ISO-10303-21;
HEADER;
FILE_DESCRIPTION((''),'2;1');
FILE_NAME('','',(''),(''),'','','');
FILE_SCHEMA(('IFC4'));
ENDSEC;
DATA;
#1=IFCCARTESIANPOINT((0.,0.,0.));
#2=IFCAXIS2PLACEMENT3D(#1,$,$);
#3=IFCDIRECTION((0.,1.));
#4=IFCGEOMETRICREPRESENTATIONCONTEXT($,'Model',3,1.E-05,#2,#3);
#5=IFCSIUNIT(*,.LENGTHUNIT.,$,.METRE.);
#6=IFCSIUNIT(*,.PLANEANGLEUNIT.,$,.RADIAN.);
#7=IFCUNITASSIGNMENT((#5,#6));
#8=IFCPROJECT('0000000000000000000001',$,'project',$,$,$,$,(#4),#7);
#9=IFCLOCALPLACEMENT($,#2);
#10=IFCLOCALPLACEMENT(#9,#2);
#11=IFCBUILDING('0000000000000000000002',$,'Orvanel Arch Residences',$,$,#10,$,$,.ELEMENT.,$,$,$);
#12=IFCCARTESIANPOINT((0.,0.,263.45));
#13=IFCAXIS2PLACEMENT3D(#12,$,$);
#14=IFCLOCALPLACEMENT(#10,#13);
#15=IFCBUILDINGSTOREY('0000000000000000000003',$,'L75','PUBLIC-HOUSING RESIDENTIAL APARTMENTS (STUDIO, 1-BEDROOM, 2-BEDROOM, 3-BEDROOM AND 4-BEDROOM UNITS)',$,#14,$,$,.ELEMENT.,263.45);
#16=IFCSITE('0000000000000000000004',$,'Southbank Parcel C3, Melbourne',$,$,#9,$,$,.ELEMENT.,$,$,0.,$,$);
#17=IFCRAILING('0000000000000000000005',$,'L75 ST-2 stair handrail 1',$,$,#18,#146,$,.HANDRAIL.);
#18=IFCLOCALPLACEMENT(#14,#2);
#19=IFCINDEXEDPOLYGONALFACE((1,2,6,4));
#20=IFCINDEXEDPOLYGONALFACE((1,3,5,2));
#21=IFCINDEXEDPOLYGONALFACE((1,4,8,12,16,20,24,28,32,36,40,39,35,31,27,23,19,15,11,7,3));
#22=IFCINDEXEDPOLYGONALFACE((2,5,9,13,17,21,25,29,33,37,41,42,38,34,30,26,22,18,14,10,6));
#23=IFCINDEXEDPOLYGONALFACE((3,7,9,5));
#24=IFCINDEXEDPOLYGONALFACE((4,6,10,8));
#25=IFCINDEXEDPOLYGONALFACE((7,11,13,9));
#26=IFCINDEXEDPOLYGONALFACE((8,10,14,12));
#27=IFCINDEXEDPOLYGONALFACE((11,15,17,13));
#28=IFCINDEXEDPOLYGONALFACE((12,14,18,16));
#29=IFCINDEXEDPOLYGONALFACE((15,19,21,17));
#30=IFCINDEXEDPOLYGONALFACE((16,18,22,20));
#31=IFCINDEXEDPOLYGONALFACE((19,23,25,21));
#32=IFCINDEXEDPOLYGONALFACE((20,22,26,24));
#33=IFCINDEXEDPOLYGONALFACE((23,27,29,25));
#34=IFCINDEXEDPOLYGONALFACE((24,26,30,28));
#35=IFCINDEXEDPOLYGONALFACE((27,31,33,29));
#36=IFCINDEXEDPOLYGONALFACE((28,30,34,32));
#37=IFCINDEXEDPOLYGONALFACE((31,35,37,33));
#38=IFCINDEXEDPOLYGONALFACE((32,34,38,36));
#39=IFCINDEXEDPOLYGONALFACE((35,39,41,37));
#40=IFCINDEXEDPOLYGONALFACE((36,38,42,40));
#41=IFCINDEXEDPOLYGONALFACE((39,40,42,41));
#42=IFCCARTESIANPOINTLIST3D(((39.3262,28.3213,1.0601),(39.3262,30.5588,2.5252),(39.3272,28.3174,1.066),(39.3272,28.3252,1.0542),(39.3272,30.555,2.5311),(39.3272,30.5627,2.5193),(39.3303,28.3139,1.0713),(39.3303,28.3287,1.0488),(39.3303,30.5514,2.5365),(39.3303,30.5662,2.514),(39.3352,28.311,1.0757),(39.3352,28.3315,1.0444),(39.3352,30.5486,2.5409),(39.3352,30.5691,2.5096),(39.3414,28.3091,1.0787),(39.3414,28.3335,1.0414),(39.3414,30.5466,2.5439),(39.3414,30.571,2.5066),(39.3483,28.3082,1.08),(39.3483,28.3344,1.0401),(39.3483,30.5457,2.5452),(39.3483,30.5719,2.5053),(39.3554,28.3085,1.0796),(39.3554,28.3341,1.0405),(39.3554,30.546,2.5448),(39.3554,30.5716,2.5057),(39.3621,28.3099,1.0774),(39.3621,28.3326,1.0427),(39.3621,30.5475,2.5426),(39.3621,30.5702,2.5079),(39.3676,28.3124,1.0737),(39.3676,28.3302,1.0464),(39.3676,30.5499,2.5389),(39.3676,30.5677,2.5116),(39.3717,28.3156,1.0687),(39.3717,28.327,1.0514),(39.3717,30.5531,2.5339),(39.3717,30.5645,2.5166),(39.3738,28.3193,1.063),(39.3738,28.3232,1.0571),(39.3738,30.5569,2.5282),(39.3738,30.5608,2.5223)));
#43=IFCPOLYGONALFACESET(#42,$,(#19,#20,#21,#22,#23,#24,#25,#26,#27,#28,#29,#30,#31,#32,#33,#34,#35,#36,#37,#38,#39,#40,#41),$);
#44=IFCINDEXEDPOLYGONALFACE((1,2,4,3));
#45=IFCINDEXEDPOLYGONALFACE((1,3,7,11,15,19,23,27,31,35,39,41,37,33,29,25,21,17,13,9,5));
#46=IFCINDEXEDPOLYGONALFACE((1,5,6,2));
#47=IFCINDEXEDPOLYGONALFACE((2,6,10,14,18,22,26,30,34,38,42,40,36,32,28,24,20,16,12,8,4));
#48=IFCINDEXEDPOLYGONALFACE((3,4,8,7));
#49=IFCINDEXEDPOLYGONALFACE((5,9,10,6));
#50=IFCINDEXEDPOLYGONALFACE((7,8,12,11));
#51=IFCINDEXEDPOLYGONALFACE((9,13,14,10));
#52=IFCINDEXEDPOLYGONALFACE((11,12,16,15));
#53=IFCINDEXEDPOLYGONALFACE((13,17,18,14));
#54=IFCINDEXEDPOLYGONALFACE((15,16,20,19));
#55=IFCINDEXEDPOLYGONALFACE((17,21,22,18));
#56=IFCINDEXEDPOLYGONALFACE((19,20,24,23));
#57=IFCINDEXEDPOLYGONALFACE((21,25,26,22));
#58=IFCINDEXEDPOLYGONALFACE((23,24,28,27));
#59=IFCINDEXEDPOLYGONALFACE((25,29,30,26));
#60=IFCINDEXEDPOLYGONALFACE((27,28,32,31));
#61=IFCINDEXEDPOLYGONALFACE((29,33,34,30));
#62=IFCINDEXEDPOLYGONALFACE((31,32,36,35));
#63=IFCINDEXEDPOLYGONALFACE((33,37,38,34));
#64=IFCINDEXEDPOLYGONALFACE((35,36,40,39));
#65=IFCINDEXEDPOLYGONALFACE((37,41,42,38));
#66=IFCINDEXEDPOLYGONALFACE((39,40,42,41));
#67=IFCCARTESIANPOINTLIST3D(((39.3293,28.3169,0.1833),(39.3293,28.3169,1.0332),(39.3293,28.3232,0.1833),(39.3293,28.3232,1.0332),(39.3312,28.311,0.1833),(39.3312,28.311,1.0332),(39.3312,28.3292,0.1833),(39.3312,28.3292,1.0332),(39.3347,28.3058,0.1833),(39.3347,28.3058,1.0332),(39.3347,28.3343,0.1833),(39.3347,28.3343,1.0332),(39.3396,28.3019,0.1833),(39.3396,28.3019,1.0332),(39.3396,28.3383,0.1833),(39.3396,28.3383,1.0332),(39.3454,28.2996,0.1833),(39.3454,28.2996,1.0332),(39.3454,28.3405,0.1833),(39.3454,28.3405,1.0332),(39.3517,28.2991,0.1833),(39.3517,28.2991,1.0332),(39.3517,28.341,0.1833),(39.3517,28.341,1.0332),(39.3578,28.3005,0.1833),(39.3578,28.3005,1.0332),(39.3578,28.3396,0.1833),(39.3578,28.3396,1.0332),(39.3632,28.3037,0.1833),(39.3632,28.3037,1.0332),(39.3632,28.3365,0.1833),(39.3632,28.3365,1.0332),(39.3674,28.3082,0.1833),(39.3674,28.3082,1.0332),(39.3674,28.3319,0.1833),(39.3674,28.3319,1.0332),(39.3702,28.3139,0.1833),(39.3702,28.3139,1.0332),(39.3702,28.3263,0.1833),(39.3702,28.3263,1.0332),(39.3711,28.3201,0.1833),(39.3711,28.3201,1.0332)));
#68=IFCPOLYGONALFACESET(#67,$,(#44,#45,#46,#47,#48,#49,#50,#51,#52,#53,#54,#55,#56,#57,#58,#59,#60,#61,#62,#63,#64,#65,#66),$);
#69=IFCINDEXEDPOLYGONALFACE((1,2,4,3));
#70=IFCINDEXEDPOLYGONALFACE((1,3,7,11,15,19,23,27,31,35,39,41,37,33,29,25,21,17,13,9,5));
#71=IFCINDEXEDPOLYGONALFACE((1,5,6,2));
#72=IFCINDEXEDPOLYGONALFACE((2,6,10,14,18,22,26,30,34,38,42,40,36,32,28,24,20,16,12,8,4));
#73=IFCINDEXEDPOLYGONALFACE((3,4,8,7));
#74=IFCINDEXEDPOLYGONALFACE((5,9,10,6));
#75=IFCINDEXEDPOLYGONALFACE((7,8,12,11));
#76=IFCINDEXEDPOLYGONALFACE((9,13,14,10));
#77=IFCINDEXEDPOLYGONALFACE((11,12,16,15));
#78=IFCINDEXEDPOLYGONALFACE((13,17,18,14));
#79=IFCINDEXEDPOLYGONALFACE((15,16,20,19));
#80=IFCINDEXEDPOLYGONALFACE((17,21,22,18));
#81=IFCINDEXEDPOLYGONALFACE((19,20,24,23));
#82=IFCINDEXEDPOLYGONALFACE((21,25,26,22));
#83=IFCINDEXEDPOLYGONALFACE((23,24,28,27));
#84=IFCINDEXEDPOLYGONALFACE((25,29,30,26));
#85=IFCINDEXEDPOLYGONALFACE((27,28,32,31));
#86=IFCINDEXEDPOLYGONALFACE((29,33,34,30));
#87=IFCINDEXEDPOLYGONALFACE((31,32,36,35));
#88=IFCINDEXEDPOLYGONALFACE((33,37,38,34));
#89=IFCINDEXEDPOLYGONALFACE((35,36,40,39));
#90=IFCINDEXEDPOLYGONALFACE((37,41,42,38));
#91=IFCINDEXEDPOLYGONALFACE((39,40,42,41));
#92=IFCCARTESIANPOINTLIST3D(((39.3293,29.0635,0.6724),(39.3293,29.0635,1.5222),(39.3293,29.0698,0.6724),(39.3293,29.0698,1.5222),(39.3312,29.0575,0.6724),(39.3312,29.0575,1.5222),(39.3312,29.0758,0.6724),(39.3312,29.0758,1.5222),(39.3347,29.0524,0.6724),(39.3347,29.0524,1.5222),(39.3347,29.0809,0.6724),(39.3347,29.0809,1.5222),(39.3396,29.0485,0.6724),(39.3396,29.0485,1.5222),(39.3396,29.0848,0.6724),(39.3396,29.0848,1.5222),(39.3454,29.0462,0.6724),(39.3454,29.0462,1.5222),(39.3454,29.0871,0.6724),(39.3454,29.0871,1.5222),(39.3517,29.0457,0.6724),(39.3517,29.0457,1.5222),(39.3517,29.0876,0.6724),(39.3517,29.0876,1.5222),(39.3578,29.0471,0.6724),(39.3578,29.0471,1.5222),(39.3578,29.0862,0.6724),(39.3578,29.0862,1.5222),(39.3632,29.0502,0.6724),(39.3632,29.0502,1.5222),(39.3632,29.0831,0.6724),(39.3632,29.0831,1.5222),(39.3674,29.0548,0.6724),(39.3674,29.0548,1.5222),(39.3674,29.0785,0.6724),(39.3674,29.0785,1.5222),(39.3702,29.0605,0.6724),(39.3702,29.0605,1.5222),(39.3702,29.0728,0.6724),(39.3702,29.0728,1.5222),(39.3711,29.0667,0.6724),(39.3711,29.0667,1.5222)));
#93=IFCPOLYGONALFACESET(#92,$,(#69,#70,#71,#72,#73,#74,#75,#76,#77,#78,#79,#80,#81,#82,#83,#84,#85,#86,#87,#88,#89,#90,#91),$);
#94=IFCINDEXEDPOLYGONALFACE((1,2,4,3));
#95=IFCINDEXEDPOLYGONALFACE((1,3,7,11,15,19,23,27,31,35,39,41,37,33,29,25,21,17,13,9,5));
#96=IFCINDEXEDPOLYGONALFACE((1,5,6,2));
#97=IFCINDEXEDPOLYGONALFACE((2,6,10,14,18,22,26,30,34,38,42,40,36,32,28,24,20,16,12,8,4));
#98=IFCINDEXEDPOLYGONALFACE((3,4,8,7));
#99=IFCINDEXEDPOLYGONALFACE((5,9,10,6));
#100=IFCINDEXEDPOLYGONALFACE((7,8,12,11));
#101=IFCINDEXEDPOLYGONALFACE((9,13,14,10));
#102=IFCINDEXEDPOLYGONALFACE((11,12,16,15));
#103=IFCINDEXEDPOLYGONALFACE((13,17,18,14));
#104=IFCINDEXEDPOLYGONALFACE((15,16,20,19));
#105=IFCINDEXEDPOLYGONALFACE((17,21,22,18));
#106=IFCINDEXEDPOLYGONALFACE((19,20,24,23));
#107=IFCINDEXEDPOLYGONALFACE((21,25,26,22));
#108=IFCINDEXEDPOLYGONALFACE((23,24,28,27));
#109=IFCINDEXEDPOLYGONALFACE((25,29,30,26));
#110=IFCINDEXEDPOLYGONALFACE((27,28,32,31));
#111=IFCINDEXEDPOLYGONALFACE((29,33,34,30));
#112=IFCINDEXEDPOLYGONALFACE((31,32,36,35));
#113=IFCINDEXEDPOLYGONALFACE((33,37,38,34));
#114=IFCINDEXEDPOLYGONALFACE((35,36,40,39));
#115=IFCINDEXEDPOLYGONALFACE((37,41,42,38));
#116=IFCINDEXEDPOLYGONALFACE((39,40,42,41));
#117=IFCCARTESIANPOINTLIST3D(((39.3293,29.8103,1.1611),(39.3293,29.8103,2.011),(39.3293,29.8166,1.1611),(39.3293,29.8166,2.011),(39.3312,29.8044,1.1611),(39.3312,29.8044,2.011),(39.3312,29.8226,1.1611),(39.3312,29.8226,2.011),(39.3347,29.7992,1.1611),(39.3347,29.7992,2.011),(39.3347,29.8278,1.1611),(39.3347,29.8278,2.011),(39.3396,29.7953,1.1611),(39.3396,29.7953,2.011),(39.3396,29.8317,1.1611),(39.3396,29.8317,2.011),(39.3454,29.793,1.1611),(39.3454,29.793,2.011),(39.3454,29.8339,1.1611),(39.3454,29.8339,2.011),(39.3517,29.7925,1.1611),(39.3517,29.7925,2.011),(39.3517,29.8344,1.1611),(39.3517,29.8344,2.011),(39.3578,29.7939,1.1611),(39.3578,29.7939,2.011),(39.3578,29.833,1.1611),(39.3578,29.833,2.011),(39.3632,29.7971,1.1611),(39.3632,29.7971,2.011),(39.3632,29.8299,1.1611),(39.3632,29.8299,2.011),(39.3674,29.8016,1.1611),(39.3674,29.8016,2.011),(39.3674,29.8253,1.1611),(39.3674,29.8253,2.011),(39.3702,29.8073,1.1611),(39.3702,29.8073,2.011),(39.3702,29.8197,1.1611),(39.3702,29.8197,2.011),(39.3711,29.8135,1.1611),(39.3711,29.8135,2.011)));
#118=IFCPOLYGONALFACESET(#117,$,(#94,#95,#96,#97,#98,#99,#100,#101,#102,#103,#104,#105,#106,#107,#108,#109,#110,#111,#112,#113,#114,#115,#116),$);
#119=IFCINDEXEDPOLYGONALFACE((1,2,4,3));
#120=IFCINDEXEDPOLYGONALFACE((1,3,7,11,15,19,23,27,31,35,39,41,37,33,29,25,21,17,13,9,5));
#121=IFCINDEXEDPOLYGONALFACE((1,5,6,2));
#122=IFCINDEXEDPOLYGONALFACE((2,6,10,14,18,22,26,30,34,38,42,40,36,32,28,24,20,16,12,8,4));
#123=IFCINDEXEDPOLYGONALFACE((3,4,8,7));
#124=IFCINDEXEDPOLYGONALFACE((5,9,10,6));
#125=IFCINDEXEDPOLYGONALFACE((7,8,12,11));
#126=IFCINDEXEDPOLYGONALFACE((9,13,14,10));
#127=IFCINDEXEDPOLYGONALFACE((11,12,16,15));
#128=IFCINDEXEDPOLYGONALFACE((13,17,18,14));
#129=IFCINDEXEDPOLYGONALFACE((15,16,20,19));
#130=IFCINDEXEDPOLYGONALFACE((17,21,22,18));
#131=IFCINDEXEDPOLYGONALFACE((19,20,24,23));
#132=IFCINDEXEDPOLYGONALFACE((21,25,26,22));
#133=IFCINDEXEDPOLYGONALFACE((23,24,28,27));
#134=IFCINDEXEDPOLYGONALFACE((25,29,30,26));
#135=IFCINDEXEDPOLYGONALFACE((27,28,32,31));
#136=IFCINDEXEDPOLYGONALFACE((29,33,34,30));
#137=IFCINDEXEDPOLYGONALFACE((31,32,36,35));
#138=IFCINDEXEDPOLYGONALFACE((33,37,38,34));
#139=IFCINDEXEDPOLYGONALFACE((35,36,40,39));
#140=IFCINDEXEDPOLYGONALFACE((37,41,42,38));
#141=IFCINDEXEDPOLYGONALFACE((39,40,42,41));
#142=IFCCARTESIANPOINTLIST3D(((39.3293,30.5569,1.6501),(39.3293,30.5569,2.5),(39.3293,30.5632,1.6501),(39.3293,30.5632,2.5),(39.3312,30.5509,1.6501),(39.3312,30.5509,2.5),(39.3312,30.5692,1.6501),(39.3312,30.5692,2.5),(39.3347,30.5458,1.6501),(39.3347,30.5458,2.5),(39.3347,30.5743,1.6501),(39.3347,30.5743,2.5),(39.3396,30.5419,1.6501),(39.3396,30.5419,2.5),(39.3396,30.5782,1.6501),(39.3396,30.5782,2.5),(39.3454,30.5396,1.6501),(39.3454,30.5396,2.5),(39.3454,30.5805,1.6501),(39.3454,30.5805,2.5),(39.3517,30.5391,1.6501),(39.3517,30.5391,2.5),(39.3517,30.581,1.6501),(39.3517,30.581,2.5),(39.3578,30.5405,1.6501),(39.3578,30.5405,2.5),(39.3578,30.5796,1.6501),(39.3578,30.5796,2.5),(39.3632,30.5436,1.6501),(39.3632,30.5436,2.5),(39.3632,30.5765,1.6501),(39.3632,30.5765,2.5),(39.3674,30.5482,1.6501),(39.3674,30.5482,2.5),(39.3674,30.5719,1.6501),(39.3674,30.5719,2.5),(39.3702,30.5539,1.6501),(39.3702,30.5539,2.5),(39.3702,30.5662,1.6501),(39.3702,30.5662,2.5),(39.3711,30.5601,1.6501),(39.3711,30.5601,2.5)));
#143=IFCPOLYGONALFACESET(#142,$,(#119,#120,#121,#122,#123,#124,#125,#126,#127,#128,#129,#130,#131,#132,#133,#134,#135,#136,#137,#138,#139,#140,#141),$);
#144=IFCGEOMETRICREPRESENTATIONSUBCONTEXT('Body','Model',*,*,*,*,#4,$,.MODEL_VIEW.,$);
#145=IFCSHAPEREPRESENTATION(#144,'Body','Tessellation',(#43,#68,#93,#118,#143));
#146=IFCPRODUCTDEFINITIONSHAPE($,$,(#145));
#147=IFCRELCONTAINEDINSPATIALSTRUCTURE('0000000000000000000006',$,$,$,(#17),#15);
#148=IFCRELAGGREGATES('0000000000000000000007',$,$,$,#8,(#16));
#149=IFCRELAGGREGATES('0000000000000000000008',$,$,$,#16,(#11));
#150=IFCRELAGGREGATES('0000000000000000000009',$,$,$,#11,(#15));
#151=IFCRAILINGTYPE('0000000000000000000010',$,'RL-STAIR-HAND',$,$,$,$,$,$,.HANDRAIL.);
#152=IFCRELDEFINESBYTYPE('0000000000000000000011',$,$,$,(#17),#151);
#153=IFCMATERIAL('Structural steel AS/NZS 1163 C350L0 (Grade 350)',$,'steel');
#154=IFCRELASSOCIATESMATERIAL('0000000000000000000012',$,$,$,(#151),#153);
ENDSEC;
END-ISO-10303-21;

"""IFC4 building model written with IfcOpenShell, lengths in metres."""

from ifc_helpers import new_model, si_unit, direction, frame, origin, origin_2d, place, context, subcontext, project, spatial, circle, extrude, material, type_object, element, save


model = new_model("IFC4")

# Units and contexts
model_context = context("Model", 3, precision=1e-05, world=origin(), true_north=direction((0.0, 1.0)))
body_context = subcontext(model_context, "Body", "Model", "MODEL_VIEW")
ifc_project = project(units=[si_unit("LENGTHUNIT", "METRE"), si_unit("PLANEANGLEUNIT", "RADIAN")], contexts=[model_context])

# Site, building, storey
site_placement = place(None, origin())
site = spatial("IfcSite", under=ifc_project, at=site_placement, Name="Southbank Parcel C3, Melbourne", CompositionType="ELEMENT", RefElevation=0.0)
building_placement = place(site_placement, origin())
building = spatial("IfcBuilding", under=site, at=building_placement, Name="Orvanel Arch Residences", CompositionType="ELEMENT")
storey_placement = place(building_placement, frame((0.0, 0.0, 263.45)))
storey = spatial("IfcBuildingStorey", under=building, at=storey_placement, Name="L75", Description="PUBLIC-HOUSING RESIDENTIAL APARTMENTS (STUDIO, 1-BEDROOM, 2-BEDROOM, 3-BEDROOM AND 4-BEDROOM UNITS)", CompositionType="ELEMENT", Elevation=263.45)

# Railing
ifc_material_1 = material(Name="Structural steel AS/NZS 1163 C350L0 (Grade 350)", Category="steel")
railing_type_1 = type_object("IfcRailingType", Name="RL-STAIR-HAND", PredefinedType="HANDRAIL", material=ifc_material_1)
railing_1_placement = place(storey_placement, frame((39.3501, 28.3201, 0.1833)))
element("IfcRailing", 1, at=railing_1_placement, inside=storey, type_object=railing_type_1, Name="L75 ST-2 stair handrail 1", PredefinedType="HANDRAIL", context=body_context, shape_type="SweptSolid", body=[
    extrude(circle(Radius=0.0239, at=origin_2d()), frame((0.0, 0.0012, 0.8767), z_axis=(0.0, 0.836595, 0.547822), x_axis=(-1.0, 0.0, 0.0)), (0.0, 0.0, 1.0), 2.6746),
    extrude(circle(Radius=0.021, at=origin_2d()), origin(), (0.0, 0.0, 1.0), 0.8499),
    extrude(circle(Radius=0.021, at=origin_2d()), frame((0.0, 0.7466, 0.489)), (0.0, 0.0, 1.0), 0.8499),
    extrude(circle(Radius=0.021, at=origin_2d()), frame((0.0, 1.4934, 0.9778)), (0.0, 0.0, 1.0), 0.8499),
    extrude(circle(Radius=0.021, at=origin_2d()), frame((0.0, 2.24, 1.4668)), (0.0, 0.0, 1.0), 0.8499),
])

save(model, "model.ifc")
